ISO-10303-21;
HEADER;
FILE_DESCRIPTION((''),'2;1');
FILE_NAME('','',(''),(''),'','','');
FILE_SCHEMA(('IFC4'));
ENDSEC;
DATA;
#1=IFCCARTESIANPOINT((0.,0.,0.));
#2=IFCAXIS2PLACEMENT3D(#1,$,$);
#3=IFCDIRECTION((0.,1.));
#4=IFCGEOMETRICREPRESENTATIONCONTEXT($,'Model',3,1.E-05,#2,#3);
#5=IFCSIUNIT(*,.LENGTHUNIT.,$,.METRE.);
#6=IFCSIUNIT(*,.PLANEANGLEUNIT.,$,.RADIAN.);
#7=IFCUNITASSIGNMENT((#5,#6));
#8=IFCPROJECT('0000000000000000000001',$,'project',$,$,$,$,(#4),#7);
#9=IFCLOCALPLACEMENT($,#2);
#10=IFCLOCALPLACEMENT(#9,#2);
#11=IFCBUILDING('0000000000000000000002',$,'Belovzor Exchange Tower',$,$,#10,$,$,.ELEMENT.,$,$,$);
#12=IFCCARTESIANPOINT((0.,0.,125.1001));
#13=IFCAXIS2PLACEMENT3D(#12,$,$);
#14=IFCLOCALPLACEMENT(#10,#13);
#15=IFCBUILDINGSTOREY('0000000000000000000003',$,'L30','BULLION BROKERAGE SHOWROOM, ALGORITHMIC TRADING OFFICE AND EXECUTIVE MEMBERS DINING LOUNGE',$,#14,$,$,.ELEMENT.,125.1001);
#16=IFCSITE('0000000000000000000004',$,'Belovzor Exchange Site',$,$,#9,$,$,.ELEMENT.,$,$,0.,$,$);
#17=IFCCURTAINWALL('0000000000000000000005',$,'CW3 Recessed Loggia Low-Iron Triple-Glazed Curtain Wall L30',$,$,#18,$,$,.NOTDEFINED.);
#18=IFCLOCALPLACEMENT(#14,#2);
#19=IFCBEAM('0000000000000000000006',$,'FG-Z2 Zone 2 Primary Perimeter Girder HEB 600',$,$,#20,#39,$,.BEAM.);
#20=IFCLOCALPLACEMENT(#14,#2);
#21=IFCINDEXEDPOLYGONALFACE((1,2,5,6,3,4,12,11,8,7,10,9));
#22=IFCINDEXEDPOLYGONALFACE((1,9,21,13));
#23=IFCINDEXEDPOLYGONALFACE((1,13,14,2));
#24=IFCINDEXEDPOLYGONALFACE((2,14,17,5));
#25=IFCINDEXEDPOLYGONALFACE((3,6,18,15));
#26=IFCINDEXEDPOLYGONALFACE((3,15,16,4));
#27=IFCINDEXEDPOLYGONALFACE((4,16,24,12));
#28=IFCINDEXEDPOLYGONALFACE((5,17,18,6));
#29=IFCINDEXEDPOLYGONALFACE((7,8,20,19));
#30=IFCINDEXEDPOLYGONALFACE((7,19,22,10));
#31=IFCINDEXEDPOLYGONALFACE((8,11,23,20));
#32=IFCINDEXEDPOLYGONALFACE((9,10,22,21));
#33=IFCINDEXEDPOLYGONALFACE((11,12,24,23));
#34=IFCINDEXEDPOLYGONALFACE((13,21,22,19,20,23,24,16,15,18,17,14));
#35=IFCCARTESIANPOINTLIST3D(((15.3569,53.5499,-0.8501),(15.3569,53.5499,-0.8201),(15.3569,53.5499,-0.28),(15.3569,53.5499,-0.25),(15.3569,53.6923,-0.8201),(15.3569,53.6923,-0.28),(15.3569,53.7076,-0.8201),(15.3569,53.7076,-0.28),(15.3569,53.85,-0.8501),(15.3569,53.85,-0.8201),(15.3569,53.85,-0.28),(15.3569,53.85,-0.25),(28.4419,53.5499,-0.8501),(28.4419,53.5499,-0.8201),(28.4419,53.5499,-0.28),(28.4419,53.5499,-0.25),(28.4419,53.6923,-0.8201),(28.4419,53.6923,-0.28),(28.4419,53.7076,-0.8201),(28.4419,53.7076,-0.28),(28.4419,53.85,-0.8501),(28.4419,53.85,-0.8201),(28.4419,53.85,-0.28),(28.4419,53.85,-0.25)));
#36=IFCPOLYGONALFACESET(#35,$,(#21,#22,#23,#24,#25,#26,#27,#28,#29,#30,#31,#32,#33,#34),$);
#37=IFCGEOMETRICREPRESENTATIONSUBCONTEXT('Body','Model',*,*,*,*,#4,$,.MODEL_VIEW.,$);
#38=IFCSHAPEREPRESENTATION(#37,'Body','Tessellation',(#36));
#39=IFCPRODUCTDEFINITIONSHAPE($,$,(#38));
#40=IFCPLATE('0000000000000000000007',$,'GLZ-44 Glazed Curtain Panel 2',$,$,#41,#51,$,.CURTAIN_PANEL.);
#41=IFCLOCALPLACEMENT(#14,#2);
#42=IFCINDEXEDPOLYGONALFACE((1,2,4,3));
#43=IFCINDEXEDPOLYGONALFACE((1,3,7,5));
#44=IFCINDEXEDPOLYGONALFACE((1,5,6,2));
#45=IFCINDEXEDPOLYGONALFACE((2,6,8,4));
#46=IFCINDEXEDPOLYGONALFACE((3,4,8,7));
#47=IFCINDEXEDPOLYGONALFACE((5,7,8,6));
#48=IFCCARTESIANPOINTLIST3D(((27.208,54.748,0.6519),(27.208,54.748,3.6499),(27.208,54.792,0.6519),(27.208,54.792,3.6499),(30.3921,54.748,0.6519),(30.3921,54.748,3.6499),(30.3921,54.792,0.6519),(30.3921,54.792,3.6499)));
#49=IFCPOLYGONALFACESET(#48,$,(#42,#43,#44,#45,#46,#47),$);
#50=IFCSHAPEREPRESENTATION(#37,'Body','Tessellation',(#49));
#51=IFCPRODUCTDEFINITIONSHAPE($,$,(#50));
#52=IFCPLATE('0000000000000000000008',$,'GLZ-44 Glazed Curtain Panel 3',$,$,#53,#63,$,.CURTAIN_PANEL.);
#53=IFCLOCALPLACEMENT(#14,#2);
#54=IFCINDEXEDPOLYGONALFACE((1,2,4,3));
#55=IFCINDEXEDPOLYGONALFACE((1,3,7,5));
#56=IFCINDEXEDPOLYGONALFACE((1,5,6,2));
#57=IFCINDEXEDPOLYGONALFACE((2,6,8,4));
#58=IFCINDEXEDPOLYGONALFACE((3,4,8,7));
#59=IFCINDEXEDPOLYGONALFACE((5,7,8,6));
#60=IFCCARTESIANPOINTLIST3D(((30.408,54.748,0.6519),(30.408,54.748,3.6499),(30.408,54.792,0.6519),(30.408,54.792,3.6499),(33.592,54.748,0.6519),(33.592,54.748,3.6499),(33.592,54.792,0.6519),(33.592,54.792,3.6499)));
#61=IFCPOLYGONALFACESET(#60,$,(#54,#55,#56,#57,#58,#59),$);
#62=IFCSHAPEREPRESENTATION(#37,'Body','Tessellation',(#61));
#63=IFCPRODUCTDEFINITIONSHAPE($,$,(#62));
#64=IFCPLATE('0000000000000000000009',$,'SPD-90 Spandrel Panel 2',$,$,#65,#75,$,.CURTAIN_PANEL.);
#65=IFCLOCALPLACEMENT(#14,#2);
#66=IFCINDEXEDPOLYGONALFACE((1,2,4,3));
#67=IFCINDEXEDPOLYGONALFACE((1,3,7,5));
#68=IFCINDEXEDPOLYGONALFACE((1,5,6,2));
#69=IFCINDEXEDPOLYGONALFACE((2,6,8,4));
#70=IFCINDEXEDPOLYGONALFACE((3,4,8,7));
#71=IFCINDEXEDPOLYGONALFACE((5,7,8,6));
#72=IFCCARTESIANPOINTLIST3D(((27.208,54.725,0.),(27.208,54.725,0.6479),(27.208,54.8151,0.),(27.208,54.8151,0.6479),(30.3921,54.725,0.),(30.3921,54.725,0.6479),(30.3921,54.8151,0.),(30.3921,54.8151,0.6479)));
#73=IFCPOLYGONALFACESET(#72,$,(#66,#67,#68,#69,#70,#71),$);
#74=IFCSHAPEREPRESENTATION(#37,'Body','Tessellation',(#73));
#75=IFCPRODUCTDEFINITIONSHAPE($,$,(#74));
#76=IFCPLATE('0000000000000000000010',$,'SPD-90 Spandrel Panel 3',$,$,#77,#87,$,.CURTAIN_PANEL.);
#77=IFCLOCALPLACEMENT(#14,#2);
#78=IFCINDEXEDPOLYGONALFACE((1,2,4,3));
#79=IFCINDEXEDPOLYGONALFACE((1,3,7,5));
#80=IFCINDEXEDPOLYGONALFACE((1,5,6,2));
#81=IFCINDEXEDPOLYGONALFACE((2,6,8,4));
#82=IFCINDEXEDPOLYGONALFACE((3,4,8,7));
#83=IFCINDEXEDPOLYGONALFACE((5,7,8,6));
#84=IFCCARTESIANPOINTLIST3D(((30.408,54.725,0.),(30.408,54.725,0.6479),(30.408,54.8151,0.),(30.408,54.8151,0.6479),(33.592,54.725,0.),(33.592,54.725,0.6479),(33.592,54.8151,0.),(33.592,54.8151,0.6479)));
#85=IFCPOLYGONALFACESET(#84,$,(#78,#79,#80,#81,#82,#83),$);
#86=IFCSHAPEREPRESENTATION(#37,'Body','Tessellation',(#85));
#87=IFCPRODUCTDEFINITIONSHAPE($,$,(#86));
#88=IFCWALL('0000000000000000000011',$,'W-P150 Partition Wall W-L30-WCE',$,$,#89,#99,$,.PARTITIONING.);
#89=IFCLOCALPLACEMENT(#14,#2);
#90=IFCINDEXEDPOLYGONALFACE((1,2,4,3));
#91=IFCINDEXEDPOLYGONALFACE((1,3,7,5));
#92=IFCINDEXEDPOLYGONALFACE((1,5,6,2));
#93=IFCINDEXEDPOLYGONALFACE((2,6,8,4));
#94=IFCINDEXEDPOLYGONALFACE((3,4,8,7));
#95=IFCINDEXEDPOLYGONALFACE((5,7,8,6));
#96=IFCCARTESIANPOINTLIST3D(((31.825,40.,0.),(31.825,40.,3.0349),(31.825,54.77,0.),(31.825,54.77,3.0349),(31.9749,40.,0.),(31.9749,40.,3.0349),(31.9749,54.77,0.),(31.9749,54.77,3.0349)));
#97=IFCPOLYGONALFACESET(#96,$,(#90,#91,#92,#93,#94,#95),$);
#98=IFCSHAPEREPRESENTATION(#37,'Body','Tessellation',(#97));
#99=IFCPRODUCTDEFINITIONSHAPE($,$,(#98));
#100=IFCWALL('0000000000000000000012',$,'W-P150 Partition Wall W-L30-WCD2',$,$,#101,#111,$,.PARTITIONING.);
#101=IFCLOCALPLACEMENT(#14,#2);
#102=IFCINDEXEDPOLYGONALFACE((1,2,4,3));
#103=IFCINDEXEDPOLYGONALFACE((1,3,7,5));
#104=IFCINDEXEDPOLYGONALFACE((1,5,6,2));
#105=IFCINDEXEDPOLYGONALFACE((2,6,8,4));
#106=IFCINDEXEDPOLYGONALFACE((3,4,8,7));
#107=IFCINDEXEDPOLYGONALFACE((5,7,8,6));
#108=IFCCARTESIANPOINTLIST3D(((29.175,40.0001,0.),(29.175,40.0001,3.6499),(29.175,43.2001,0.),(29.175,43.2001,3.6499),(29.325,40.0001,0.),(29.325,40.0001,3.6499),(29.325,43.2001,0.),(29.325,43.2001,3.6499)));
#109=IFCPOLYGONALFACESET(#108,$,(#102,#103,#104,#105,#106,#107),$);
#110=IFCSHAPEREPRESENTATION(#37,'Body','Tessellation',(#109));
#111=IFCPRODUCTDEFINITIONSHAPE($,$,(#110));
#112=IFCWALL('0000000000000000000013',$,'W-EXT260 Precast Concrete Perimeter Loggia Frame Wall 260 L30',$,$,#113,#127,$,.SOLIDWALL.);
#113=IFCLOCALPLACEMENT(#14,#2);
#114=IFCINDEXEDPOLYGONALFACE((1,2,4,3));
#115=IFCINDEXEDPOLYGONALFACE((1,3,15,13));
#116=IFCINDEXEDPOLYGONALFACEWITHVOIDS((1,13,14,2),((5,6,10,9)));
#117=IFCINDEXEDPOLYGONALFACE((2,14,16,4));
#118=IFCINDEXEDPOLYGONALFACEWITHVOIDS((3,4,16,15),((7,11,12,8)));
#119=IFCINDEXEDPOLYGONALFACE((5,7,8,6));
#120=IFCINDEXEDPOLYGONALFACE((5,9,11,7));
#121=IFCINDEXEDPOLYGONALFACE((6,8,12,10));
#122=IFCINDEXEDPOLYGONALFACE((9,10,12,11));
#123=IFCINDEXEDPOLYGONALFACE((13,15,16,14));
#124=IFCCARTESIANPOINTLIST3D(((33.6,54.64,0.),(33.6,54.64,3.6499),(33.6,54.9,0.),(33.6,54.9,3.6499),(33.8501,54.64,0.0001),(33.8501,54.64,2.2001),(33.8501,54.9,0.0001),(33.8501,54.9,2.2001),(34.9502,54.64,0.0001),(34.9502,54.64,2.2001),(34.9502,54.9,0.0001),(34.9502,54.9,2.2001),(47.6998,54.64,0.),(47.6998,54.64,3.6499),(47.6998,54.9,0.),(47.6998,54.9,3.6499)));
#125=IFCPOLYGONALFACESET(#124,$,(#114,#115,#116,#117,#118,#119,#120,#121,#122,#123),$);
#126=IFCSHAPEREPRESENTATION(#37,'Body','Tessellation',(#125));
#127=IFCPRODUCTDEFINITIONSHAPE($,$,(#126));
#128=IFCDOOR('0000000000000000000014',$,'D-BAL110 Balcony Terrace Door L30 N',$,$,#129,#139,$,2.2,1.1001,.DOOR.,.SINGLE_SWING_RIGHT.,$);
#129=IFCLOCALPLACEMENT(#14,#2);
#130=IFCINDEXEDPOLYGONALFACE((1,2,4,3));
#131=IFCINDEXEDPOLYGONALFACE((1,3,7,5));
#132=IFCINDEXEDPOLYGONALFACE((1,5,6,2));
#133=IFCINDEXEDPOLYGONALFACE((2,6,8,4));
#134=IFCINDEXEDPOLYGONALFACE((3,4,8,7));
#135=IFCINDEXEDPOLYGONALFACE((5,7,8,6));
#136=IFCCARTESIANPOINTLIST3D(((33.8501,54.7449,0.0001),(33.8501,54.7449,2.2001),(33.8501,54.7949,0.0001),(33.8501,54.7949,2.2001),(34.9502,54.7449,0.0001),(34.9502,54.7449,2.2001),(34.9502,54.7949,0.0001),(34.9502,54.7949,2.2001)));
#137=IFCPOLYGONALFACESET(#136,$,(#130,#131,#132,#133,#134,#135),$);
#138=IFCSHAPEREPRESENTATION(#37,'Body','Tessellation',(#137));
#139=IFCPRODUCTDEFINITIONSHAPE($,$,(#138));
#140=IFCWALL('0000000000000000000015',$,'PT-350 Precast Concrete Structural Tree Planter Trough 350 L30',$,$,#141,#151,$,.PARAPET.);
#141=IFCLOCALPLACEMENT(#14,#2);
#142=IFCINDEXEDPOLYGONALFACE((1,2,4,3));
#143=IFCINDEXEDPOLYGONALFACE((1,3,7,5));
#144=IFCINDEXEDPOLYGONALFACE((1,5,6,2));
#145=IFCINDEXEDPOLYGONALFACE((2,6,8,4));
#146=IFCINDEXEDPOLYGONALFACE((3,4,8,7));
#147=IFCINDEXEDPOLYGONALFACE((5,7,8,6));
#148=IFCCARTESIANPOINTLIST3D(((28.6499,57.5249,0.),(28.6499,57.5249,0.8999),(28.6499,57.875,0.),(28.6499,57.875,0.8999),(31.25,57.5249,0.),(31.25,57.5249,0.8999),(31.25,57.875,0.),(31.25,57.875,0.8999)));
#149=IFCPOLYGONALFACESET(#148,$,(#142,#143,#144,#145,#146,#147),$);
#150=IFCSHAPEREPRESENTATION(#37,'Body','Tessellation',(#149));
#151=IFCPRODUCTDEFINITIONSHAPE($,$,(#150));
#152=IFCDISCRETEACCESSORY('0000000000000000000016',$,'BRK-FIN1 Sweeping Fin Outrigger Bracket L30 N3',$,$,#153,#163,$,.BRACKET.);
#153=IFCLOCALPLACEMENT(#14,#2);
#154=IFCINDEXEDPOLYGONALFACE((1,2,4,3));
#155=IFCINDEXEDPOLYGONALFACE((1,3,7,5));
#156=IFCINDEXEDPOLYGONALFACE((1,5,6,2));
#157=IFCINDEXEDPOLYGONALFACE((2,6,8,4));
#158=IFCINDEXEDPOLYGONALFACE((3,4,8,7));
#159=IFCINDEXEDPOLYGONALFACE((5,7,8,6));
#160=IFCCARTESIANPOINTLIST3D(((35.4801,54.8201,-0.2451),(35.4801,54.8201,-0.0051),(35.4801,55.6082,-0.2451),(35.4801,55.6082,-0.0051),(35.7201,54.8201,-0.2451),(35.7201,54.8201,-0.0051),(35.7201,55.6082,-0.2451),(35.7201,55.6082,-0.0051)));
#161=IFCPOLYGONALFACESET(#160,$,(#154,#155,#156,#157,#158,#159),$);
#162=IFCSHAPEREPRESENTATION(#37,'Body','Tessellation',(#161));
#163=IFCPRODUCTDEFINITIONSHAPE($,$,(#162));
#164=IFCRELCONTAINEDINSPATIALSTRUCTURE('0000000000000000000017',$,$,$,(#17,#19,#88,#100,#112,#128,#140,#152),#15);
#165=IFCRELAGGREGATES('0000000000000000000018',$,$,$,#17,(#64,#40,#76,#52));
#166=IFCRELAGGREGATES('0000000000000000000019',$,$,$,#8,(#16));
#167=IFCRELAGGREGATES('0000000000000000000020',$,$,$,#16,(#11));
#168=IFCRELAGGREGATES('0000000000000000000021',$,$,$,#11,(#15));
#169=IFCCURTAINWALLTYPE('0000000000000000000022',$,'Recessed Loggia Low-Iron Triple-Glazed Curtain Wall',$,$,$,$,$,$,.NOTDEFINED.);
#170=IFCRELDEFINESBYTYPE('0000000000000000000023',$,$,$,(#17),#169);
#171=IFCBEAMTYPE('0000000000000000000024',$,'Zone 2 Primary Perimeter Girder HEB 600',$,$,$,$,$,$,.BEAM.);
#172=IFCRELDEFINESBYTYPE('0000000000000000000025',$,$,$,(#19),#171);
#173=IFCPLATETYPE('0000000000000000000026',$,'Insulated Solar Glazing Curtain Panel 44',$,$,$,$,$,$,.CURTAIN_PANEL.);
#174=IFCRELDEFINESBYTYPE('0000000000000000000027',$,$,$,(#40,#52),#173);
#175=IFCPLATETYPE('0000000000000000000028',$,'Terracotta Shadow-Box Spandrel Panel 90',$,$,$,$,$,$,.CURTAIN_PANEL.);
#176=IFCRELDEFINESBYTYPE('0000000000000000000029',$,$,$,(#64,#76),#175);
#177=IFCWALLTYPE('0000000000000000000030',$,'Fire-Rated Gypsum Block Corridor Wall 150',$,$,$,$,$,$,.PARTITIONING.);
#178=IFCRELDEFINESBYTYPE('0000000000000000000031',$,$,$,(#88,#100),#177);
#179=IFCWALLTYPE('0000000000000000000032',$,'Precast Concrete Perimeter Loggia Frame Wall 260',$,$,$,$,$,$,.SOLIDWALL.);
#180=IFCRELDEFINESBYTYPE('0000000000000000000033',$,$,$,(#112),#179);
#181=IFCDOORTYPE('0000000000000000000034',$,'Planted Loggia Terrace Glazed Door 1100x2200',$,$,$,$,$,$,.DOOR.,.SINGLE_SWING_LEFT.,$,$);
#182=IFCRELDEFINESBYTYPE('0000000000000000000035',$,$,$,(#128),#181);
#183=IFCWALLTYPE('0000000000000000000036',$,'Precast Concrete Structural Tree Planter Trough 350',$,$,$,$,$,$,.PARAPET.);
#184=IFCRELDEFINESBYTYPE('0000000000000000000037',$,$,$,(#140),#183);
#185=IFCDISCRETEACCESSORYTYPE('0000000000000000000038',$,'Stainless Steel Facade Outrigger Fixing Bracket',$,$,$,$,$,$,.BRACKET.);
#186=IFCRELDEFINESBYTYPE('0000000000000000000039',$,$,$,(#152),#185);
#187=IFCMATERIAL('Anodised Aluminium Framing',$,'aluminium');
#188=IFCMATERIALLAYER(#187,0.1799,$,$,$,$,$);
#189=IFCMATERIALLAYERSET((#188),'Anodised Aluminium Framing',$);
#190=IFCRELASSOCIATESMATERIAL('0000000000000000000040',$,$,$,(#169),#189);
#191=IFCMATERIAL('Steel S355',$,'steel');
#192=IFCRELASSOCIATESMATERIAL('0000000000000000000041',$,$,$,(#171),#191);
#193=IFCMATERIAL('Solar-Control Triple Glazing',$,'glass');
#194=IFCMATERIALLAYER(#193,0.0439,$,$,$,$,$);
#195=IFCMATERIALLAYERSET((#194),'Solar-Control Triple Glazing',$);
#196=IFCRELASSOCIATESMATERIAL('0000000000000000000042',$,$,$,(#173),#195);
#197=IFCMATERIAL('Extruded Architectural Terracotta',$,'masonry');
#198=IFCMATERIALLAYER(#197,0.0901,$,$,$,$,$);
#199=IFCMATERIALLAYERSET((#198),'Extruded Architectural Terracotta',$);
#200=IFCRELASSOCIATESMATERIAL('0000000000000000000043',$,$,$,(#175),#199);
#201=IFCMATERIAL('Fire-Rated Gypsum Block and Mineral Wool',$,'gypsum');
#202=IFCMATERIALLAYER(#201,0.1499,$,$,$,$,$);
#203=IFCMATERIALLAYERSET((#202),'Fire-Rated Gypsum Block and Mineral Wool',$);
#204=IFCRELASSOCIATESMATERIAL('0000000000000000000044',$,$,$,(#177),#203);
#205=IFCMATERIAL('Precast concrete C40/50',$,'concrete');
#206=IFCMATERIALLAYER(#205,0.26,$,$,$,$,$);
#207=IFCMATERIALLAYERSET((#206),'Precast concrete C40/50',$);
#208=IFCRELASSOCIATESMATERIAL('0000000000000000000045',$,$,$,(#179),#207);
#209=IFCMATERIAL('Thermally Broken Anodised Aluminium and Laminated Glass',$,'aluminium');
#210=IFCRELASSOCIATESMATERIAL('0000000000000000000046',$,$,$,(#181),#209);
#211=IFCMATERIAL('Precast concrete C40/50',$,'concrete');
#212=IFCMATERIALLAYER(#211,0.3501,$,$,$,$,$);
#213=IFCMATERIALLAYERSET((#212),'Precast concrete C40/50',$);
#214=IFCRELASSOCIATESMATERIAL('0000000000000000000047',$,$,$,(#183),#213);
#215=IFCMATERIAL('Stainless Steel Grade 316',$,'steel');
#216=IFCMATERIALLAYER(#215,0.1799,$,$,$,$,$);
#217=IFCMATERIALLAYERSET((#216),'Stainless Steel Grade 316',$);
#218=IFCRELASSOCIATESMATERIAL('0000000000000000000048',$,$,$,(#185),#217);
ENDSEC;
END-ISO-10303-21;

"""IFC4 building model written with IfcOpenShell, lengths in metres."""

from ifc_helpers import new_model, si_unit, direction, frame, frame_2d, origin, origin_2d, place, context, subcontext, project, spatial, rectangle, i_section, extrude, material, layer, layer_set, material_profile, profile_set, type_object, element, fill, aggregate, save


model = new_model("IFC4")

# Units and contexts
model_context = context("Model", 3, precision=1e-05, world=origin(), true_north=direction((0.0, 1.0)))
body_context = subcontext(model_context, "Body", "Model", "MODEL_VIEW")
ifc_project = project(units=[si_unit("LENGTHUNIT", "METRE"), si_unit("PLANEANGLEUNIT", "RADIAN")], contexts=[model_context])

# Site, building, storey
site_placement = place(None, origin())
site = spatial("IfcSite", under=ifc_project, at=site_placement, Name="Belovzor Exchange Site", CompositionType="ELEMENT", RefElevation=0.0)
building_placement = place(site_placement, origin())
building = spatial("IfcBuilding", under=site, at=building_placement, Name="Belovzor Exchange Tower", CompositionType="ELEMENT")
storey_placement = place(building_placement, frame((0.0, 0.0, 125.1001)))
storey = spatial("IfcBuildingStorey", under=building, at=storey_placement, Name="L30", Description="BULLION BROKERAGE SHOWROOM, ALGORITHMIC TRADING OFFICE AND EXECUTIVE MEMBERS DINING LOUNGE", CompositionType="ELEMENT", Elevation=125.1001)

# Curtain wall
ifc_material_1 = material(Name="Anodised Aluminium Framing", Category="aluminium")
ifc_layer_1 = layer(ifc_material_1, 0.1799)
ifc_layer_set_1 = layer_set([ifc_layer_1], Name="Anodised Aluminium Framing")
curtain_wall_type = type_object("IfcCurtainWallType", Name="Recessed Loggia Low-Iron Triple-Glazed Curtain Wall", PredefinedType="NOTDEFINED", material=ifc_layer_set_1)
curtain_wall_placement = place(storey_placement, origin())
curtain_wall = element("IfcCurtainWall", 1, at=curtain_wall_placement, inside=storey, type_object=curtain_wall_type, Name="CW3 Recessed Loggia Low-Iron Triple-Glazed Curtain Wall L30", PredefinedType="NOTDEFINED")

# Beam
ifc_material_2 = material(Name="Steel S355", Category="steel")
ifc_material_profile_1 = material_profile(ifc_material_2, i_section(OverallWidth=0.3, OverallDepth=0.6001, WebThickness=0.0154, FlangeThickness=0.03, at=origin_2d()))
ifc_profile_set_1 = profile_set([ifc_material_profile_1], Name="Steel S355")
beam_type_1 = type_object("IfcBeamType", Name="Zone 2 Primary Perimeter Girder HEB 600", PredefinedType="BEAM", material=ifc_profile_set_1)
beam_1_placement = place(storey_placement, frame((28.4419, 53.7, -0.55), z_axis=(-1.0, 0.0, 0.0), x_axis=(0.0, -1.0, 0.0)))
element("IfcBeam", 2, at=beam_1_placement, inside=storey, type_object=beam_type_1, Name="FG-Z2 Zone 2 Primary Perimeter Girder HEB 600", PredefinedType="BEAM", context=body_context, shape_type="SweptSolid", body=[
    extrude(i_section(OverallWidth=0.3, OverallDepth=0.6001, WebThickness=0.0154, FlangeThickness=0.03, at=origin_2d()), origin(), (0.0, 0.0, 1.0), 13.085),
])

# Plates
ifc_material_3 = material(Name="Solar-Control Triple Glazing", Category="glass")
ifc_layer_2 = layer(ifc_material_3, 0.0439)
ifc_layer_set_2 = layer_set([ifc_layer_2], Name="Solar-Control Triple Glazing")
plate_type_1 = type_object("IfcPlateType", Name="Insulated Solar Glazing Curtain Panel 44", PredefinedType="CURTAIN_PANEL", material=ifc_layer_set_2)
plate_1_placement = place(storey_placement, frame((28.8, 54.77, 0.6519), z_axis=(0.0, 0.0, 1.0), x_axis=(1.0, 0.0, 0.0)))
plate_1 = element("IfcPlate", 3, at=plate_1_placement, type_object=plate_type_1, Name="GLZ-44 Glazed Curtain Panel 2", PredefinedType="CURTAIN_PANEL", context=body_context, shape_type="SweptSolid", body=[
    extrude(rectangle(XDim=3.1841, YDim=0.0439, at=origin_2d()), origin(), (0.0, 0.0, 1.0), 2.998),
])
plate_2_placement = place(storey_placement, frame((32.0, 54.77, 0.6519), z_axis=(0.0, 0.0, 1.0), x_axis=(1.0, 0.0, 0.0)))
plate_2 = element("IfcPlate", 4, at=plate_2_placement, type_object=plate_type_1, Name="GLZ-44 Glazed Curtain Panel 3", PredefinedType="CURTAIN_PANEL", context=body_context, shape_type="SweptSolid", body=[
    extrude(rectangle(XDim=3.1841, YDim=0.0439, at=origin_2d()), origin(), (0.0, 0.0, 1.0), 2.998),
])
ifc_material_4 = material(Name="Extruded Architectural Terracotta", Category="masonry")
ifc_layer_3 = layer(ifc_material_4, 0.0901)
ifc_layer_set_3 = layer_set([ifc_layer_3], Name="Extruded Architectural Terracotta")
plate_type_2 = type_object("IfcPlateType", Name="Terracotta Shadow-Box Spandrel Panel 90", PredefinedType="CURTAIN_PANEL", material=ifc_layer_set_3)
plate_3_placement = place(storey_placement, frame((28.8, 54.77, 0.0), z_axis=(0.0, 0.0, 1.0), x_axis=(1.0, 0.0, 0.0)))
plate_3 = element("IfcPlate", 5, at=plate_3_placement, type_object=plate_type_2, Name="SPD-90 Spandrel Panel 2", PredefinedType="CURTAIN_PANEL", context=body_context, shape_type="SweptSolid", body=[
    extrude(rectangle(XDim=3.1841, YDim=0.0901, at=origin_2d()), origin(), (0.0, 0.0, 1.0), 0.6479),
])
plate_4_placement = place(storey_placement, frame((32.0, 54.77, 0.0), z_axis=(0.0, 0.0, 1.0), x_axis=(1.0, 0.0, 0.0)))
plate_4 = element("IfcPlate", 6, at=plate_4_placement, type_object=plate_type_2, Name="SPD-90 Spandrel Panel 3", PredefinedType="CURTAIN_PANEL", context=body_context, shape_type="SweptSolid", body=[
    extrude(rectangle(XDim=3.1841, YDim=0.0901, at=origin_2d()), origin(), (0.0, 0.0, 1.0), 0.6479),
])
aggregate(curtain_wall, [plate_3, plate_1, plate_4, plate_2])

# Walls
ifc_material_5 = material(Name="Fire-Rated Gypsum Block and Mineral Wool", Category="gypsum")
ifc_layer_4 = layer(ifc_material_5, 0.1499)
ifc_layer_set_4 = layer_set([ifc_layer_4], Name="Fire-Rated Gypsum Block and Mineral Wool")
wall_type_1 = type_object("IfcWallType", Name="Fire-Rated Gypsum Block Corridor Wall 150", PredefinedType="PARTITIONING", material=ifc_layer_set_4)
wall_1_placement = place(storey_placement, frame((31.8999, 40.0, 0.0), z_axis=(0.0, 0.0, 1.0), x_axis=(0.0, 1.0, 0.0)))
element("IfcWall", 7, at=wall_1_placement, inside=storey, type_object=wall_type_1, Name="W-P150 Partition Wall W-L30-WCE", PredefinedType="PARTITIONING", context=body_context, shape_type="SweptSolid", body=[
    extrude(rectangle(XDim=14.77, YDim=0.1499, at=frame_2d((7.385, 0.0))), origin(), (0.0, 0.0, 1.0), 3.0349),
])
wall_2_placement = place(storey_placement, frame((29.25, 40.0, 0.0), z_axis=(0.0, 0.0, 1.0), x_axis=(0.0, 1.0, 0.0)))
element("IfcWall", 8, at=wall_2_placement, inside=storey, type_object=wall_type_1, Name="W-P150 Partition Wall W-L30-WCD2", PredefinedType="PARTITIONING", context=body_context, shape_type="SweptSolid", body=[
    extrude(rectangle(XDim=3.2, YDim=0.1499, at=frame_2d((1.6001, 0.0))), origin(), (0.0, 0.0, 1.0), 3.6499),
])

# Wall, opening, door
ifc_material_6 = material(Name="Precast concrete C40/50", Category="concrete")
ifc_layer_5 = layer(ifc_material_6, 0.26)
ifc_layer_set_5 = layer_set([ifc_layer_5], Name="Precast concrete C40/50")
wall_type_2 = type_object("IfcWallType", Name="Precast Concrete Perimeter Loggia Frame Wall 260", PredefinedType="SOLIDWALL", material=ifc_layer_set_5)
wall_3_placement = place(storey_placement, frame((33.6001, 54.77, 0.0), z_axis=(0.0, 0.0, 1.0), x_axis=(1.0, 0.0, 0.0)))
wall_3 = element("IfcWall", 9, at=wall_3_placement, inside=storey, type_object=wall_type_2, Name="W-EXT260 Precast Concrete Perimeter Loggia Frame Wall 260 L30", PredefinedType="SOLIDWALL", context=body_context, shape_type="SweptSolid", body=[
    extrude(rectangle(XDim=14.0999, YDim=0.26, at=frame_2d((7.0498, 0.0))), origin(), (0.0, 0.0, 1.0), 3.6499),
])
opening_placement = place(wall_3_placement, frame((0.25, 0.0, 0.0)))
opening = element("IfcOpeningElement", 10, at=opening_placement, cuts=wall_3, PredefinedType="OPENING", context=body_context, shape_type="SweptSolid", body=[
    extrude(rectangle(XDim=1.1001, YDim=2.2, at=frame_2d((0.55, 1.1001))), frame((0.0, 0.1399, 0.0), z_axis=(0.0, -1.0, 0.0), x_axis=(1.0, 0.0, 0.0)), (0.0, 0.0, 1.0), 0.28),
])
ifc_material_7 = material(Name="Thermally Broken Anodised Aluminium and Laminated Glass", Category="aluminium")
door_type = type_object("IfcDoorType", Name="Planted Loggia Terrace Glazed Door 1100x2200", OperationType="SINGLE_SWING_LEFT", PredefinedType="DOOR", material=ifc_material_7)
door_placement = place(opening_placement, origin())
door = element("IfcDoor", 11, at=door_placement, inside=storey, type_object=door_type, Name="D-BAL110 Balcony Terrace Door L30 N", OperationType="SINGLE_SWING_RIGHT", OverallHeight=2.2, OverallWidth=1.1001, PredefinedType="DOOR", context=body_context, shape_type="SweptSolid", body=[
    extrude(rectangle(XDim=1.1001, YDim=2.2, at=frame_2d((0.55, 1.1001))), frame((0.0, 0.0249, 0.0), z_axis=(0.0, -1.0, 0.0), x_axis=(1.0, 0.0, 0.0)), (0.0, 0.0, 1.0), 0.05),
])
fill(opening, door)

# Wall
ifc_material_8 = material(Name="Precast concrete C40/50", Category="concrete")
ifc_layer_6 = layer(ifc_material_8, 0.3501)
ifc_layer_set_6 = layer_set([ifc_layer_6], Name="Precast concrete C40/50")
wall_type_3 = type_object("IfcWallType", Name="Precast Concrete Structural Tree Planter Trough 350", PredefinedType="PARAPET", material=ifc_layer_set_6)
wall_4_placement = place(storey_placement, frame((28.6499, 57.7, 0.0), z_axis=(0.0, 0.0, 1.0), x_axis=(1.0, 0.0, 0.0)))
element("IfcWall", 12, at=wall_4_placement, inside=storey, type_object=wall_type_3, Name="PT-350 Precast Concrete Structural Tree Planter Trough 350 L30", PredefinedType="PARAPET", context=body_context, shape_type="SweptSolid", body=[
    extrude(rectangle(XDim=2.6001, YDim=0.3501, at=frame_2d((1.3, 0.0))), origin(), (0.0, 0.0, 1.0), 0.8999),
])

# Discrete accessory
ifc_material_9 = material(Name="Stainless Steel Grade 316", Category="steel")
ifc_layer_7 = layer(ifc_material_9, 0.1799)
ifc_layer_set_7 = layer_set([ifc_layer_7], Name="Stainless Steel Grade 316")
discrete_accessory_type = type_object("IfcDiscreteAccessoryType", Name="Stainless Steel Facade Outrigger Fixing Bracket", PredefinedType="BRACKET", material=ifc_layer_set_7)
discrete_accessory_placement = place(storey_placement, frame((35.6001, 55.2141, -0.2451), z_axis=(0.0, 0.0, 1.0), x_axis=(0.0, 1.0, 0.0)))
element("IfcDiscreteAccessory", 13, at=discrete_accessory_placement, inside=storey, type_object=discrete_accessory_type, Name="BRK-FIN1 Sweeping Fin Outrigger Bracket L30 N3", PredefinedType="BRACKET", context=body_context, shape_type="SweptSolid", body=[
    extrude(rectangle(XDim=0.7881, YDim=0.24, at=origin_2d()), origin(), (0.0, 0.0, 1.0), 0.24),
])

save(model, "model.ifc")
